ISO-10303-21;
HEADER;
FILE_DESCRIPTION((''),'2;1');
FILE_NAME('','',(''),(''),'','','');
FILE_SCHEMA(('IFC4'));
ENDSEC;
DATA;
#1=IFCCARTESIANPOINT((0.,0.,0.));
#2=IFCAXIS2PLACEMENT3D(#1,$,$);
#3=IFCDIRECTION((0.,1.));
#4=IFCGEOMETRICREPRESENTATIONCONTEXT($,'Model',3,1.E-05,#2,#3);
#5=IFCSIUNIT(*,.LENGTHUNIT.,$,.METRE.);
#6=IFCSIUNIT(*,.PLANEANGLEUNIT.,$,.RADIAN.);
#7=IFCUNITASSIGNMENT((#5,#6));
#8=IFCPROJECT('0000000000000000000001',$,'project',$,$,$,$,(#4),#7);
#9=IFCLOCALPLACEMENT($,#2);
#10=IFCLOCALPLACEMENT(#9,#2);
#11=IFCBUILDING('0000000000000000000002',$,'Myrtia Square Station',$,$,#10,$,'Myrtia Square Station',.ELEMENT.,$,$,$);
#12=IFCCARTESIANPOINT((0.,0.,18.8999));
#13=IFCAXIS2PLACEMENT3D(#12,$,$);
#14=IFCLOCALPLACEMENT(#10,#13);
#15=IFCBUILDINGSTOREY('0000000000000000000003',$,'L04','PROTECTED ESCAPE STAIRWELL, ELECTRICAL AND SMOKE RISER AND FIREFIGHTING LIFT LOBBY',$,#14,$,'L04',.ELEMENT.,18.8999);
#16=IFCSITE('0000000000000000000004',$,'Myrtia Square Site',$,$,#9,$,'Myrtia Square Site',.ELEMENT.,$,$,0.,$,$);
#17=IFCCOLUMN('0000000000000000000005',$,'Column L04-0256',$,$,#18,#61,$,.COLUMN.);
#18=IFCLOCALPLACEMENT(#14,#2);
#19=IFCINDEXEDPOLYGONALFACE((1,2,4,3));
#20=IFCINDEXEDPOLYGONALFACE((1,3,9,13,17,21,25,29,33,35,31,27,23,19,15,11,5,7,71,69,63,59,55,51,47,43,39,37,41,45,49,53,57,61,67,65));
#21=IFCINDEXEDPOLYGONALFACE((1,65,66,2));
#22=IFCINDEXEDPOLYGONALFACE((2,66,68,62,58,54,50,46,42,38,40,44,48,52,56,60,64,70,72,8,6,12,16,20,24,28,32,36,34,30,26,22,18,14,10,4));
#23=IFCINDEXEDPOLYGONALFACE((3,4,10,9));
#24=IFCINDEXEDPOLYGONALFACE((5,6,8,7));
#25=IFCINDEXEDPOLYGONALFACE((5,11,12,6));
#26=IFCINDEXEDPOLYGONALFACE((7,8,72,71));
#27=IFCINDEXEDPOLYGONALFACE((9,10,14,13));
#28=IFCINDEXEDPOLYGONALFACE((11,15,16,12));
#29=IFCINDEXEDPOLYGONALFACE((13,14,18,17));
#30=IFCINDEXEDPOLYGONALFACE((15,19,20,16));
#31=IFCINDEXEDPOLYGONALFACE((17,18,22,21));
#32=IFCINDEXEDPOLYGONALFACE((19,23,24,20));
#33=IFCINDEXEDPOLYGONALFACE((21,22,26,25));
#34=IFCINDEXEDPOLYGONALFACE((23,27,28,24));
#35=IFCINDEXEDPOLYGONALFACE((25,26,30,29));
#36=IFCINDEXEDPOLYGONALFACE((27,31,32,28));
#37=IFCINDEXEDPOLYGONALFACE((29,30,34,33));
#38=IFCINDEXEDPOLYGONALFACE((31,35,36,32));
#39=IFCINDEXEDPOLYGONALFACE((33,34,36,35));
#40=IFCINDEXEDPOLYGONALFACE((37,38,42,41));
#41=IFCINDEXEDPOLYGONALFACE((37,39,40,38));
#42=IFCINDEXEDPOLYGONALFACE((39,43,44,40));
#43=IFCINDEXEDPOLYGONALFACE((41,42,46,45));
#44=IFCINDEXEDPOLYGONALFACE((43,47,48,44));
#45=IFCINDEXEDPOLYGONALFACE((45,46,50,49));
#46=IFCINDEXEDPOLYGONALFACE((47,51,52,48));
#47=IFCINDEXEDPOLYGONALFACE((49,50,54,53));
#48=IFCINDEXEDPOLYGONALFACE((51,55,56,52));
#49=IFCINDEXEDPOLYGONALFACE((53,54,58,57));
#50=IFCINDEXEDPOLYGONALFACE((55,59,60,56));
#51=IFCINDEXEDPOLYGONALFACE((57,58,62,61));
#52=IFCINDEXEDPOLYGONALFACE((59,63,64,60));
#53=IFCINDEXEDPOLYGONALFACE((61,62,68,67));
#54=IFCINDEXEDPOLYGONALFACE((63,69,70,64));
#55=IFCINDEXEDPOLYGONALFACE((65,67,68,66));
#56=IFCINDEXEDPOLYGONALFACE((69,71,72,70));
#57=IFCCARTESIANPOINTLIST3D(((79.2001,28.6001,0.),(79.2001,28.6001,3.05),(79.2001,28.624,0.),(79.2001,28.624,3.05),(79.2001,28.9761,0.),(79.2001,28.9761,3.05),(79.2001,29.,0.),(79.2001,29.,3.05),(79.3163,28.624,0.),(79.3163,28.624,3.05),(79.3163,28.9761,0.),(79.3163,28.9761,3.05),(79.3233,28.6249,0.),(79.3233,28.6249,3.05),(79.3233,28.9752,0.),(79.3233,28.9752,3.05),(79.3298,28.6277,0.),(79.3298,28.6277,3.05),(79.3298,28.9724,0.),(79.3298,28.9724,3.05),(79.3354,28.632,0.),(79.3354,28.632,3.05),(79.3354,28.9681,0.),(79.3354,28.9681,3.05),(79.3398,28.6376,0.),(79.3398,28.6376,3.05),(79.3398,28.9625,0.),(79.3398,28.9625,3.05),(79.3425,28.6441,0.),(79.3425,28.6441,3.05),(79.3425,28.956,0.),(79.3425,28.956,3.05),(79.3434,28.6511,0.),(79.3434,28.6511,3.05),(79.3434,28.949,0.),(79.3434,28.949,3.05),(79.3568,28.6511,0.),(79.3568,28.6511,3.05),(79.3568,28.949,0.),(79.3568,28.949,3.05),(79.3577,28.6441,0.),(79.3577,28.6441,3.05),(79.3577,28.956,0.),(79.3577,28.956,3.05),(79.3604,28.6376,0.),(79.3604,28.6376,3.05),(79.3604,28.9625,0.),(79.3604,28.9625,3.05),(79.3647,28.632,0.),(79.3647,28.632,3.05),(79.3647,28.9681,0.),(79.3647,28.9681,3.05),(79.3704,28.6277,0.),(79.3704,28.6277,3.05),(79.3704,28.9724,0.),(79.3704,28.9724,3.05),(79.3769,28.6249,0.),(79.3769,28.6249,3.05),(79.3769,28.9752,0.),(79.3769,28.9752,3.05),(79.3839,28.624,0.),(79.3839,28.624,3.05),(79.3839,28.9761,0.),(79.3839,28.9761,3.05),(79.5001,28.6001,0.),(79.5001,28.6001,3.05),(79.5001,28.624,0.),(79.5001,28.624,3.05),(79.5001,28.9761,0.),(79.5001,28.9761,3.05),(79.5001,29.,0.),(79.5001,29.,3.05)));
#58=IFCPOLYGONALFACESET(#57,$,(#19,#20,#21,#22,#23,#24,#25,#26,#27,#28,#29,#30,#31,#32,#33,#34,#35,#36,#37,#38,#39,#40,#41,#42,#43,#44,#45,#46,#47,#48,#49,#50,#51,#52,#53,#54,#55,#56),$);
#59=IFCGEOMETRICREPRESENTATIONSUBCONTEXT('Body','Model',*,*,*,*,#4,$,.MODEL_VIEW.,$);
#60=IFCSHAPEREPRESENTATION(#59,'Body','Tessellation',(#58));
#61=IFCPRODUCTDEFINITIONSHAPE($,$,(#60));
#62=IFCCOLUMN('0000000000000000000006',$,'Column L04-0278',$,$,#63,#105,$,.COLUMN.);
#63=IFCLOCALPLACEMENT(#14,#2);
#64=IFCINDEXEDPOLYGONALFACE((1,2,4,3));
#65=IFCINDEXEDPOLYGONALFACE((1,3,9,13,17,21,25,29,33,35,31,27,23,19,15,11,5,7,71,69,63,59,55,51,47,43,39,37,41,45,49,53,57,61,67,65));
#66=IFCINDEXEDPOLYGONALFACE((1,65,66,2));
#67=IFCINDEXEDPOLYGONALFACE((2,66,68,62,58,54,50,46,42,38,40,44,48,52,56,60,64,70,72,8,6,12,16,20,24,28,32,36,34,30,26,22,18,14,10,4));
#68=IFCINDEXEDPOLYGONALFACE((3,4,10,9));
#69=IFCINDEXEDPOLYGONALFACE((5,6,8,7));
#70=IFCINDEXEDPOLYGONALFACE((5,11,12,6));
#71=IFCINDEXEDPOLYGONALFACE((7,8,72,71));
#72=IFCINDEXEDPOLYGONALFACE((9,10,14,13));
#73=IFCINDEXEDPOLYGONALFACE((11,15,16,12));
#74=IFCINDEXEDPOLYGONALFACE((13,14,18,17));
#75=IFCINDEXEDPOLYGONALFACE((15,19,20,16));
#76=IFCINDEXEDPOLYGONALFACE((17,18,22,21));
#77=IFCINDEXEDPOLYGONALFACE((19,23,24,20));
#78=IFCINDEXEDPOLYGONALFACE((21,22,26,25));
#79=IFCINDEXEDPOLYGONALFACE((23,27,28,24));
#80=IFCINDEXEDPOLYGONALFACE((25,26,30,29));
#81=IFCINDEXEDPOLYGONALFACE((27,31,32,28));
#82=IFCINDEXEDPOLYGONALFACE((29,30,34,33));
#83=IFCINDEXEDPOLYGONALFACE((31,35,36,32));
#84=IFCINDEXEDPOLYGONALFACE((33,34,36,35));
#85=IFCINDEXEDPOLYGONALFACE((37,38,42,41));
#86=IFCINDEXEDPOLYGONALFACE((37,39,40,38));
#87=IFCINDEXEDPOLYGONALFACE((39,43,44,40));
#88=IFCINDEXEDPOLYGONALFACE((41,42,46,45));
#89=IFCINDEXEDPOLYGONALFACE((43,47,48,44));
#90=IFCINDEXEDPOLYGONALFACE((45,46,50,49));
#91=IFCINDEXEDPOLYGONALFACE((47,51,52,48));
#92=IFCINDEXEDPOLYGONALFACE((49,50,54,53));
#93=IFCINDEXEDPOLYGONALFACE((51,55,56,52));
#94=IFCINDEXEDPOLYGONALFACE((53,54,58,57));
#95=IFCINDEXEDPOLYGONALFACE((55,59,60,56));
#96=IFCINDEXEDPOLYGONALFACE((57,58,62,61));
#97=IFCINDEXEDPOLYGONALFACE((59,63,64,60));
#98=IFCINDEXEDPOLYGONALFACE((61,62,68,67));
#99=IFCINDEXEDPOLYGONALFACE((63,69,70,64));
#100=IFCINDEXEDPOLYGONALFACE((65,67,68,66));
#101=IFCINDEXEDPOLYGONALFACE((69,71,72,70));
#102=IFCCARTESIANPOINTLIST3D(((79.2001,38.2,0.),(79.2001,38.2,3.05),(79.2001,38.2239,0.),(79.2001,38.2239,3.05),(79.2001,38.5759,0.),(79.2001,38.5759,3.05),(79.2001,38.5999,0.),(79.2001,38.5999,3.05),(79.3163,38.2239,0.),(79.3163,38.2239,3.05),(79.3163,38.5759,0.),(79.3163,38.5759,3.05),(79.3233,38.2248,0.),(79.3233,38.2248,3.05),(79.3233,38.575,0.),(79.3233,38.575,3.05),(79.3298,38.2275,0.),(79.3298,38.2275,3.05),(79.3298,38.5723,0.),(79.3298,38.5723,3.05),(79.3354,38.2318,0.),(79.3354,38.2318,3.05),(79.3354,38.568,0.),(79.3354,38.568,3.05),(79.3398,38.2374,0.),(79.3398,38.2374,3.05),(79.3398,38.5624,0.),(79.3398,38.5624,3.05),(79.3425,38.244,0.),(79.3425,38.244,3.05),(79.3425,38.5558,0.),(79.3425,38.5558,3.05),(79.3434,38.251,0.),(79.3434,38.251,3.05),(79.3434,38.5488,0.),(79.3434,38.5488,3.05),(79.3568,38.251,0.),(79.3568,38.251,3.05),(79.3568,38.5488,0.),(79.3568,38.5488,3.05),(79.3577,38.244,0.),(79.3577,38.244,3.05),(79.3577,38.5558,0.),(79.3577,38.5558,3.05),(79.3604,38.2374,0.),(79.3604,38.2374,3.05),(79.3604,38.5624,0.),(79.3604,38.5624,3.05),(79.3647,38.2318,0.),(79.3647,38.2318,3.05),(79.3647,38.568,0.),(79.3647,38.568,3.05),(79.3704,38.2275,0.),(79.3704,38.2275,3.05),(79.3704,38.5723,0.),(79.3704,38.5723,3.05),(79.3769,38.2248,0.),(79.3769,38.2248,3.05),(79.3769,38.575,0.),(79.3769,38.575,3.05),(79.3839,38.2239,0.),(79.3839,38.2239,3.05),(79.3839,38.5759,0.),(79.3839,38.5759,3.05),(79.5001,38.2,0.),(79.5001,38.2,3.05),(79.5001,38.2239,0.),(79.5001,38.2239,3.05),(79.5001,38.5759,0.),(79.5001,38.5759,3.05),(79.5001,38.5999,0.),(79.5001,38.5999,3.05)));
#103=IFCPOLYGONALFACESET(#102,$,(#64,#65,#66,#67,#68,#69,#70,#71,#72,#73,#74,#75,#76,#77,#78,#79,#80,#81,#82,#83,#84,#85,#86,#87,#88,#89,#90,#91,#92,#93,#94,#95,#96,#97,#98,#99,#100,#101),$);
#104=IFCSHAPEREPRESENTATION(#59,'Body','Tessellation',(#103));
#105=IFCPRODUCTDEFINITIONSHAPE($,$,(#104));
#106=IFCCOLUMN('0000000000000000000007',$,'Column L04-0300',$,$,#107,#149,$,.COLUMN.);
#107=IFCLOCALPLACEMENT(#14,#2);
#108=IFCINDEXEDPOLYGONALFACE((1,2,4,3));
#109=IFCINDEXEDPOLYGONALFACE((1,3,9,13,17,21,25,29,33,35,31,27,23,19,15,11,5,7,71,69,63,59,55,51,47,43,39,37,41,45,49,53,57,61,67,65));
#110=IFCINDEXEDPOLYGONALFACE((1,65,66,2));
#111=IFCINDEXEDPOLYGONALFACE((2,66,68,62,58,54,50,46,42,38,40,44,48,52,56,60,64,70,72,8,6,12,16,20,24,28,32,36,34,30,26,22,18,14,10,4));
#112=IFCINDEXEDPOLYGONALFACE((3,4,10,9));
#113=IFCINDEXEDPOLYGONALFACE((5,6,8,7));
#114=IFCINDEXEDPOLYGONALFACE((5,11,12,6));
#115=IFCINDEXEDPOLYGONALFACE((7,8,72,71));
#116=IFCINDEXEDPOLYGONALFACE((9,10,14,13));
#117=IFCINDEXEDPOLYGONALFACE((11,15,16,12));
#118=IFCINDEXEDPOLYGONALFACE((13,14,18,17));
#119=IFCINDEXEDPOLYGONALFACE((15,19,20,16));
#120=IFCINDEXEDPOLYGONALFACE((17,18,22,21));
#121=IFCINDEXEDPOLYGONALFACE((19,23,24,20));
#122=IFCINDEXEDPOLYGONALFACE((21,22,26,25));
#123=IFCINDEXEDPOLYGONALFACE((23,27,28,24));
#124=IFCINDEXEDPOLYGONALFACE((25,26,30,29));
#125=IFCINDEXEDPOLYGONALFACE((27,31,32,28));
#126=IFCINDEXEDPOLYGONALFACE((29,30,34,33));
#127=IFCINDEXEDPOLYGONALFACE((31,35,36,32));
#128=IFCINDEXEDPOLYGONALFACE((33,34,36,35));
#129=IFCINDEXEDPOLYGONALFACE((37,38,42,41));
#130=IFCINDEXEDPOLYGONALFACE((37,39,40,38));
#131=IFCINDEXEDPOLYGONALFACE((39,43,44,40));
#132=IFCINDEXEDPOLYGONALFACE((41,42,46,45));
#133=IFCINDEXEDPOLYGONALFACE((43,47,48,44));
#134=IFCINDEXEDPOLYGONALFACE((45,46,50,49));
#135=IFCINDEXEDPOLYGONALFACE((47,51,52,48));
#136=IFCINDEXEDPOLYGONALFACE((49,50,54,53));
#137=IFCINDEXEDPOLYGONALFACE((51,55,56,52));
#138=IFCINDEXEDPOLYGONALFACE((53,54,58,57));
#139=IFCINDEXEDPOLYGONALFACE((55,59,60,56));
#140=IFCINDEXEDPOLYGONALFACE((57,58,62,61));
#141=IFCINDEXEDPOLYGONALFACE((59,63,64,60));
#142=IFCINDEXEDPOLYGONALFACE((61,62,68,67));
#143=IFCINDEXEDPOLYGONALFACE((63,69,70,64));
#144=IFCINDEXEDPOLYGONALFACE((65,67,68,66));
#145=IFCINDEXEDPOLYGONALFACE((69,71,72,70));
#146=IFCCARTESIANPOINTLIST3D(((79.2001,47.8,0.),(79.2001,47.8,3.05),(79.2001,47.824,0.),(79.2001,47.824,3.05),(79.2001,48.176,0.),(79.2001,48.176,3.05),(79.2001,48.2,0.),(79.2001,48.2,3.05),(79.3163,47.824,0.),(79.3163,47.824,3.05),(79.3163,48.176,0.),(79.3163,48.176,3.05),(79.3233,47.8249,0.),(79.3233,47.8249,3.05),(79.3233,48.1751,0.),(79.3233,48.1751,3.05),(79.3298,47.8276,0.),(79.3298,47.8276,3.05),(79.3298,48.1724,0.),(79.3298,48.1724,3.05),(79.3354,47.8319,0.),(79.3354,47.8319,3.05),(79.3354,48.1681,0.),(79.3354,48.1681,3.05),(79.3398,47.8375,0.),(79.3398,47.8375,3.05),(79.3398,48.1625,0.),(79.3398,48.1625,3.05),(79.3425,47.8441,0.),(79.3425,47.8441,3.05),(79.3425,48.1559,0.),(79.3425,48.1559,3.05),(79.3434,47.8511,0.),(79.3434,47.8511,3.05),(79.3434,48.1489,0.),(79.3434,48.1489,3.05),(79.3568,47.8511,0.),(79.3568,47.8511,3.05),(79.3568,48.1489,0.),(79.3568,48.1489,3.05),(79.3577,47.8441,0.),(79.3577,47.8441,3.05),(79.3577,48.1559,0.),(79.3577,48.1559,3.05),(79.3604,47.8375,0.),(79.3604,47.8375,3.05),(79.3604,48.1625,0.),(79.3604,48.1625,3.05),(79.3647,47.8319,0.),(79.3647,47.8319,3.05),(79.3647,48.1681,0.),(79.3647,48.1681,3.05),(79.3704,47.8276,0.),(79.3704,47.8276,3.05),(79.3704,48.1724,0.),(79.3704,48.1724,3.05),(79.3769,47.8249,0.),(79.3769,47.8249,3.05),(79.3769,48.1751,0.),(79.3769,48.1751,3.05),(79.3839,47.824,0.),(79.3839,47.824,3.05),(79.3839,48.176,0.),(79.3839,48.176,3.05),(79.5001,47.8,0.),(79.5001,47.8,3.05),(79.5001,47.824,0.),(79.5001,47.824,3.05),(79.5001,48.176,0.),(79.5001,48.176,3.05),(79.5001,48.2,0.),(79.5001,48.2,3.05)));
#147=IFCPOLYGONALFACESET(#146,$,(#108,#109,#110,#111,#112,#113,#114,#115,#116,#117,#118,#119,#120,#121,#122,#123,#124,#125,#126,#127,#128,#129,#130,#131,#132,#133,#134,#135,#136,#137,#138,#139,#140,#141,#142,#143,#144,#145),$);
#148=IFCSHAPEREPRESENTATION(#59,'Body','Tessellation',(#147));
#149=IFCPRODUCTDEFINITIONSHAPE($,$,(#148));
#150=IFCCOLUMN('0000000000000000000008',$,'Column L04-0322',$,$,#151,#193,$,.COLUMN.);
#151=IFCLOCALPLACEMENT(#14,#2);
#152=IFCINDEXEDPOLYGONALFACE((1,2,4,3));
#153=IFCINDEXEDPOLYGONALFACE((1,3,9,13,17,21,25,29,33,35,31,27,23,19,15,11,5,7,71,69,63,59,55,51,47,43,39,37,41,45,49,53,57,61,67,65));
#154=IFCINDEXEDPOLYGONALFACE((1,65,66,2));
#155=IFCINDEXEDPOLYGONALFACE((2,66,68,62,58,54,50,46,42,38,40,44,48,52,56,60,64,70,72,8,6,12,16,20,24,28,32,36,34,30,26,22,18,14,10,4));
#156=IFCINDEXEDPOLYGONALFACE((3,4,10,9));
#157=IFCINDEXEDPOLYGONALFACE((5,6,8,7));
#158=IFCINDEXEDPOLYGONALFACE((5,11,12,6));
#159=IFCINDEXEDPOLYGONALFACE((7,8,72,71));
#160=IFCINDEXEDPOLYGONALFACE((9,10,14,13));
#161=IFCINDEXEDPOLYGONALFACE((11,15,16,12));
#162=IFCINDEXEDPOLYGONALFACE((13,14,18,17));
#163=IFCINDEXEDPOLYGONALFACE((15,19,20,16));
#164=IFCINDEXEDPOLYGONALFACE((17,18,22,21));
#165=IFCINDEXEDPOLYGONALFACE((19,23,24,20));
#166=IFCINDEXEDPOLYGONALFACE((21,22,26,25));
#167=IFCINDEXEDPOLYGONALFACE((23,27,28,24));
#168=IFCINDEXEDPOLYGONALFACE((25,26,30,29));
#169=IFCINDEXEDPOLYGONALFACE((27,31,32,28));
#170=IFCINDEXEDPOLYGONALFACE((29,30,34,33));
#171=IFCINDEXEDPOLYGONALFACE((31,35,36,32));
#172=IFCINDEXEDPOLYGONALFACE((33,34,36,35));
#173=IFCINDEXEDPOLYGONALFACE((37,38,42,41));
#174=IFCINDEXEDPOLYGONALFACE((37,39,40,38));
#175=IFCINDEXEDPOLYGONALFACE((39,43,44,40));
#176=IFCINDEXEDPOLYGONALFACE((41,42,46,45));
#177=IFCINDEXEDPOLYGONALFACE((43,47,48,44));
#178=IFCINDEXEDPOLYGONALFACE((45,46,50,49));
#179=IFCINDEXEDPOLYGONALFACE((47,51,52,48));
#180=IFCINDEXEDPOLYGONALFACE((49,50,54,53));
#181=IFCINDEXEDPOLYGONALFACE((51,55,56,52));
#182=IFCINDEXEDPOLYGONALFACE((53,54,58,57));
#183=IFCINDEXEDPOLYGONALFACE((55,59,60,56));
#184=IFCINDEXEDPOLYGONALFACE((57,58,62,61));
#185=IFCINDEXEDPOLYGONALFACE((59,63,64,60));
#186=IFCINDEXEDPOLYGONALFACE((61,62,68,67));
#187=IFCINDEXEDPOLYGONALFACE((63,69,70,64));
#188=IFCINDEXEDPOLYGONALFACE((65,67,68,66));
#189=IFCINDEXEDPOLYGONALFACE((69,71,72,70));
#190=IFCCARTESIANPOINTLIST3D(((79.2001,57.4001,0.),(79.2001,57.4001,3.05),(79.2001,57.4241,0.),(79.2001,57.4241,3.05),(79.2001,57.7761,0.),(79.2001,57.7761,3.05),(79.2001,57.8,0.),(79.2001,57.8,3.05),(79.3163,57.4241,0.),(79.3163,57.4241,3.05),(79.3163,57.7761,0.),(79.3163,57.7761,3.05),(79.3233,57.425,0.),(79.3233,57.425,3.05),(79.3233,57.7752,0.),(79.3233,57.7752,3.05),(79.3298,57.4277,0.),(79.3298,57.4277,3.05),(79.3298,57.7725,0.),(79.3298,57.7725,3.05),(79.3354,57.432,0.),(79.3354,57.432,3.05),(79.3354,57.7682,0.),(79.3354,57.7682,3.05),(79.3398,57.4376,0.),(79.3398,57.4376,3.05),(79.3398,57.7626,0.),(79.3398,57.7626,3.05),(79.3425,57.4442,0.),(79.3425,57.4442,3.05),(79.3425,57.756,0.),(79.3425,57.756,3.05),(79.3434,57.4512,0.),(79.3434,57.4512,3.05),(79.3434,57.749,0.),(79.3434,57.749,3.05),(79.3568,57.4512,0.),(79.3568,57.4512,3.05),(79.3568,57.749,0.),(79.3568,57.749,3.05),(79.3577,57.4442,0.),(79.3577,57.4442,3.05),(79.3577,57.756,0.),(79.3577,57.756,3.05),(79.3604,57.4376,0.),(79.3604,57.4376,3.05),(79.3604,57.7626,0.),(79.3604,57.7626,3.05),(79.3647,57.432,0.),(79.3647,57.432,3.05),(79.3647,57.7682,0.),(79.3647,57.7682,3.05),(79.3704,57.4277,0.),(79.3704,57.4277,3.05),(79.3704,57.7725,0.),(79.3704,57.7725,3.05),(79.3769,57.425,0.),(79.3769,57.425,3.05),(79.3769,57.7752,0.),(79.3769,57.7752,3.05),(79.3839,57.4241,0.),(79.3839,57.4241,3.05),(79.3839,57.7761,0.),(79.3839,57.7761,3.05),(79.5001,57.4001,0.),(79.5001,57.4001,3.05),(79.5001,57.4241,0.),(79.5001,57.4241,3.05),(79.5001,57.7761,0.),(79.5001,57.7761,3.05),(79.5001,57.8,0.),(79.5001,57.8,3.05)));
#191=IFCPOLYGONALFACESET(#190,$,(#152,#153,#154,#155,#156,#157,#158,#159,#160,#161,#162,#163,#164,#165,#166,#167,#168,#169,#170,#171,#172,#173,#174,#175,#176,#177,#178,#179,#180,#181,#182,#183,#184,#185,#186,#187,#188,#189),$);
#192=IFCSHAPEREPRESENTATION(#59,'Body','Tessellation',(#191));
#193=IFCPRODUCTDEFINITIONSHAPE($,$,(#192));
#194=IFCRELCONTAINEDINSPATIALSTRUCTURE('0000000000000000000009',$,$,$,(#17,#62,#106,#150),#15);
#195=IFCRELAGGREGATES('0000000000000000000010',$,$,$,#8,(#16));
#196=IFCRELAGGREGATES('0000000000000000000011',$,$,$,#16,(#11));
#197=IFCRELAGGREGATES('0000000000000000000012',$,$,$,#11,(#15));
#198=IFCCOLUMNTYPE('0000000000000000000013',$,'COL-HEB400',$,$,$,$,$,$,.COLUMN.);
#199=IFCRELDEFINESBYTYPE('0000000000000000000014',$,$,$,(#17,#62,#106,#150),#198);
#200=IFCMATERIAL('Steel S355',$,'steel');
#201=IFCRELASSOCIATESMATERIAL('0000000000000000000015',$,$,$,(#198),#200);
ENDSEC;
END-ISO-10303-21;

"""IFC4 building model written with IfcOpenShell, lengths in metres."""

from ifc_helpers import new_model, si_unit, direction, frame, origin, origin_2d, place, context, subcontext, project, spatial, i_section, extrude, material, material_profile, profile_set, type_object, element, save


model = new_model("IFC4")

# Units and contexts
model_context = context("Model", 3, precision=1e-05, world=origin(), true_north=direction((0.0, 1.0)))
body_context = subcontext(model_context, "Body", "Model", "MODEL_VIEW")
ifc_project = project(units=[si_unit("LENGTHUNIT", "METRE"), si_unit("PLANEANGLEUNIT", "RADIAN")], contexts=[model_context])

# Site, building, storey
site_placement = place(None, origin())
site = spatial("IfcSite", under=ifc_project, at=site_placement, Name="Myrtia Square Site", LongName="Myrtia Square Site", CompositionType="ELEMENT", RefElevation=0.0)
building_placement = place(site_placement, origin())
building = spatial("IfcBuilding", under=site, at=building_placement, Name="Myrtia Square Station", LongName="Myrtia Square Station", CompositionType="ELEMENT")
storey_placement = place(building_placement, frame((0.0, 0.0, 18.8999)))
storey = spatial("IfcBuildingStorey", under=building, at=storey_placement, Name="L04", Description="PROTECTED ESCAPE STAIRWELL, ELECTRICAL AND SMOKE RISER AND FIREFIGHTING LIFT LOBBY", LongName="L04", CompositionType="ELEMENT", Elevation=18.8999)

# Columns
ifc_material_1 = material(Name="Steel S355", Category="steel")
ifc_material_profile_1 = material_profile(ifc_material_1, i_section(OverallWidth=0.3, OverallDepth=0.3999, WebThickness=0.0134, FlangeThickness=0.0239, FilletRadius=0.0271, at=origin_2d()), Name="HEB 400")
ifc_profile_set_1 = profile_set([ifc_material_profile_1], Name="Steel S355")
column_type = type_object("IfcColumnType", Name="COL-HEB400", PredefinedType="COLUMN", material=ifc_profile_set_1)
for number, where, z_axis, x_axis, name in (
    (1, (79.3501, 28.8, 0.0), (0.0, 0.0, 1.0), (1.0, 0.0, 0.0), "Column L04-0256"),
    (2, (79.3501, 38.3999, 0.0), (0.0, 0.0, 1.0), (1.0, 0.0, 0.0), "Column L04-0278"),
    (3, (79.3501, 48.0, 0.0), (0.0, 0.0, 1.0), (1.0, 0.0, 0.0), "Column L04-0300"),
    (4, (79.3501, 57.6001, 0.0), (0.0, 0.0, 1.0), (1.0, 0.0, 0.0), "Column L04-0322"),
):
    element("IfcColumn", number, at=place(storey_placement, frame(where, z_axis=z_axis, x_axis=x_axis)), inside=storey, type_object=column_type, Name=name, PredefinedType="COLUMN", context=body_context, shape_type="SweptSolid", body=[
        extrude(i_section(OverallWidth=0.3, OverallDepth=0.3999, WebThickness=0.0134, FlangeThickness=0.0239, FilletRadius=0.0271, at=origin_2d()), origin(), (0.0, 0.0, 1.0), 3.05),
    ])

save(model, "model.ifc")
